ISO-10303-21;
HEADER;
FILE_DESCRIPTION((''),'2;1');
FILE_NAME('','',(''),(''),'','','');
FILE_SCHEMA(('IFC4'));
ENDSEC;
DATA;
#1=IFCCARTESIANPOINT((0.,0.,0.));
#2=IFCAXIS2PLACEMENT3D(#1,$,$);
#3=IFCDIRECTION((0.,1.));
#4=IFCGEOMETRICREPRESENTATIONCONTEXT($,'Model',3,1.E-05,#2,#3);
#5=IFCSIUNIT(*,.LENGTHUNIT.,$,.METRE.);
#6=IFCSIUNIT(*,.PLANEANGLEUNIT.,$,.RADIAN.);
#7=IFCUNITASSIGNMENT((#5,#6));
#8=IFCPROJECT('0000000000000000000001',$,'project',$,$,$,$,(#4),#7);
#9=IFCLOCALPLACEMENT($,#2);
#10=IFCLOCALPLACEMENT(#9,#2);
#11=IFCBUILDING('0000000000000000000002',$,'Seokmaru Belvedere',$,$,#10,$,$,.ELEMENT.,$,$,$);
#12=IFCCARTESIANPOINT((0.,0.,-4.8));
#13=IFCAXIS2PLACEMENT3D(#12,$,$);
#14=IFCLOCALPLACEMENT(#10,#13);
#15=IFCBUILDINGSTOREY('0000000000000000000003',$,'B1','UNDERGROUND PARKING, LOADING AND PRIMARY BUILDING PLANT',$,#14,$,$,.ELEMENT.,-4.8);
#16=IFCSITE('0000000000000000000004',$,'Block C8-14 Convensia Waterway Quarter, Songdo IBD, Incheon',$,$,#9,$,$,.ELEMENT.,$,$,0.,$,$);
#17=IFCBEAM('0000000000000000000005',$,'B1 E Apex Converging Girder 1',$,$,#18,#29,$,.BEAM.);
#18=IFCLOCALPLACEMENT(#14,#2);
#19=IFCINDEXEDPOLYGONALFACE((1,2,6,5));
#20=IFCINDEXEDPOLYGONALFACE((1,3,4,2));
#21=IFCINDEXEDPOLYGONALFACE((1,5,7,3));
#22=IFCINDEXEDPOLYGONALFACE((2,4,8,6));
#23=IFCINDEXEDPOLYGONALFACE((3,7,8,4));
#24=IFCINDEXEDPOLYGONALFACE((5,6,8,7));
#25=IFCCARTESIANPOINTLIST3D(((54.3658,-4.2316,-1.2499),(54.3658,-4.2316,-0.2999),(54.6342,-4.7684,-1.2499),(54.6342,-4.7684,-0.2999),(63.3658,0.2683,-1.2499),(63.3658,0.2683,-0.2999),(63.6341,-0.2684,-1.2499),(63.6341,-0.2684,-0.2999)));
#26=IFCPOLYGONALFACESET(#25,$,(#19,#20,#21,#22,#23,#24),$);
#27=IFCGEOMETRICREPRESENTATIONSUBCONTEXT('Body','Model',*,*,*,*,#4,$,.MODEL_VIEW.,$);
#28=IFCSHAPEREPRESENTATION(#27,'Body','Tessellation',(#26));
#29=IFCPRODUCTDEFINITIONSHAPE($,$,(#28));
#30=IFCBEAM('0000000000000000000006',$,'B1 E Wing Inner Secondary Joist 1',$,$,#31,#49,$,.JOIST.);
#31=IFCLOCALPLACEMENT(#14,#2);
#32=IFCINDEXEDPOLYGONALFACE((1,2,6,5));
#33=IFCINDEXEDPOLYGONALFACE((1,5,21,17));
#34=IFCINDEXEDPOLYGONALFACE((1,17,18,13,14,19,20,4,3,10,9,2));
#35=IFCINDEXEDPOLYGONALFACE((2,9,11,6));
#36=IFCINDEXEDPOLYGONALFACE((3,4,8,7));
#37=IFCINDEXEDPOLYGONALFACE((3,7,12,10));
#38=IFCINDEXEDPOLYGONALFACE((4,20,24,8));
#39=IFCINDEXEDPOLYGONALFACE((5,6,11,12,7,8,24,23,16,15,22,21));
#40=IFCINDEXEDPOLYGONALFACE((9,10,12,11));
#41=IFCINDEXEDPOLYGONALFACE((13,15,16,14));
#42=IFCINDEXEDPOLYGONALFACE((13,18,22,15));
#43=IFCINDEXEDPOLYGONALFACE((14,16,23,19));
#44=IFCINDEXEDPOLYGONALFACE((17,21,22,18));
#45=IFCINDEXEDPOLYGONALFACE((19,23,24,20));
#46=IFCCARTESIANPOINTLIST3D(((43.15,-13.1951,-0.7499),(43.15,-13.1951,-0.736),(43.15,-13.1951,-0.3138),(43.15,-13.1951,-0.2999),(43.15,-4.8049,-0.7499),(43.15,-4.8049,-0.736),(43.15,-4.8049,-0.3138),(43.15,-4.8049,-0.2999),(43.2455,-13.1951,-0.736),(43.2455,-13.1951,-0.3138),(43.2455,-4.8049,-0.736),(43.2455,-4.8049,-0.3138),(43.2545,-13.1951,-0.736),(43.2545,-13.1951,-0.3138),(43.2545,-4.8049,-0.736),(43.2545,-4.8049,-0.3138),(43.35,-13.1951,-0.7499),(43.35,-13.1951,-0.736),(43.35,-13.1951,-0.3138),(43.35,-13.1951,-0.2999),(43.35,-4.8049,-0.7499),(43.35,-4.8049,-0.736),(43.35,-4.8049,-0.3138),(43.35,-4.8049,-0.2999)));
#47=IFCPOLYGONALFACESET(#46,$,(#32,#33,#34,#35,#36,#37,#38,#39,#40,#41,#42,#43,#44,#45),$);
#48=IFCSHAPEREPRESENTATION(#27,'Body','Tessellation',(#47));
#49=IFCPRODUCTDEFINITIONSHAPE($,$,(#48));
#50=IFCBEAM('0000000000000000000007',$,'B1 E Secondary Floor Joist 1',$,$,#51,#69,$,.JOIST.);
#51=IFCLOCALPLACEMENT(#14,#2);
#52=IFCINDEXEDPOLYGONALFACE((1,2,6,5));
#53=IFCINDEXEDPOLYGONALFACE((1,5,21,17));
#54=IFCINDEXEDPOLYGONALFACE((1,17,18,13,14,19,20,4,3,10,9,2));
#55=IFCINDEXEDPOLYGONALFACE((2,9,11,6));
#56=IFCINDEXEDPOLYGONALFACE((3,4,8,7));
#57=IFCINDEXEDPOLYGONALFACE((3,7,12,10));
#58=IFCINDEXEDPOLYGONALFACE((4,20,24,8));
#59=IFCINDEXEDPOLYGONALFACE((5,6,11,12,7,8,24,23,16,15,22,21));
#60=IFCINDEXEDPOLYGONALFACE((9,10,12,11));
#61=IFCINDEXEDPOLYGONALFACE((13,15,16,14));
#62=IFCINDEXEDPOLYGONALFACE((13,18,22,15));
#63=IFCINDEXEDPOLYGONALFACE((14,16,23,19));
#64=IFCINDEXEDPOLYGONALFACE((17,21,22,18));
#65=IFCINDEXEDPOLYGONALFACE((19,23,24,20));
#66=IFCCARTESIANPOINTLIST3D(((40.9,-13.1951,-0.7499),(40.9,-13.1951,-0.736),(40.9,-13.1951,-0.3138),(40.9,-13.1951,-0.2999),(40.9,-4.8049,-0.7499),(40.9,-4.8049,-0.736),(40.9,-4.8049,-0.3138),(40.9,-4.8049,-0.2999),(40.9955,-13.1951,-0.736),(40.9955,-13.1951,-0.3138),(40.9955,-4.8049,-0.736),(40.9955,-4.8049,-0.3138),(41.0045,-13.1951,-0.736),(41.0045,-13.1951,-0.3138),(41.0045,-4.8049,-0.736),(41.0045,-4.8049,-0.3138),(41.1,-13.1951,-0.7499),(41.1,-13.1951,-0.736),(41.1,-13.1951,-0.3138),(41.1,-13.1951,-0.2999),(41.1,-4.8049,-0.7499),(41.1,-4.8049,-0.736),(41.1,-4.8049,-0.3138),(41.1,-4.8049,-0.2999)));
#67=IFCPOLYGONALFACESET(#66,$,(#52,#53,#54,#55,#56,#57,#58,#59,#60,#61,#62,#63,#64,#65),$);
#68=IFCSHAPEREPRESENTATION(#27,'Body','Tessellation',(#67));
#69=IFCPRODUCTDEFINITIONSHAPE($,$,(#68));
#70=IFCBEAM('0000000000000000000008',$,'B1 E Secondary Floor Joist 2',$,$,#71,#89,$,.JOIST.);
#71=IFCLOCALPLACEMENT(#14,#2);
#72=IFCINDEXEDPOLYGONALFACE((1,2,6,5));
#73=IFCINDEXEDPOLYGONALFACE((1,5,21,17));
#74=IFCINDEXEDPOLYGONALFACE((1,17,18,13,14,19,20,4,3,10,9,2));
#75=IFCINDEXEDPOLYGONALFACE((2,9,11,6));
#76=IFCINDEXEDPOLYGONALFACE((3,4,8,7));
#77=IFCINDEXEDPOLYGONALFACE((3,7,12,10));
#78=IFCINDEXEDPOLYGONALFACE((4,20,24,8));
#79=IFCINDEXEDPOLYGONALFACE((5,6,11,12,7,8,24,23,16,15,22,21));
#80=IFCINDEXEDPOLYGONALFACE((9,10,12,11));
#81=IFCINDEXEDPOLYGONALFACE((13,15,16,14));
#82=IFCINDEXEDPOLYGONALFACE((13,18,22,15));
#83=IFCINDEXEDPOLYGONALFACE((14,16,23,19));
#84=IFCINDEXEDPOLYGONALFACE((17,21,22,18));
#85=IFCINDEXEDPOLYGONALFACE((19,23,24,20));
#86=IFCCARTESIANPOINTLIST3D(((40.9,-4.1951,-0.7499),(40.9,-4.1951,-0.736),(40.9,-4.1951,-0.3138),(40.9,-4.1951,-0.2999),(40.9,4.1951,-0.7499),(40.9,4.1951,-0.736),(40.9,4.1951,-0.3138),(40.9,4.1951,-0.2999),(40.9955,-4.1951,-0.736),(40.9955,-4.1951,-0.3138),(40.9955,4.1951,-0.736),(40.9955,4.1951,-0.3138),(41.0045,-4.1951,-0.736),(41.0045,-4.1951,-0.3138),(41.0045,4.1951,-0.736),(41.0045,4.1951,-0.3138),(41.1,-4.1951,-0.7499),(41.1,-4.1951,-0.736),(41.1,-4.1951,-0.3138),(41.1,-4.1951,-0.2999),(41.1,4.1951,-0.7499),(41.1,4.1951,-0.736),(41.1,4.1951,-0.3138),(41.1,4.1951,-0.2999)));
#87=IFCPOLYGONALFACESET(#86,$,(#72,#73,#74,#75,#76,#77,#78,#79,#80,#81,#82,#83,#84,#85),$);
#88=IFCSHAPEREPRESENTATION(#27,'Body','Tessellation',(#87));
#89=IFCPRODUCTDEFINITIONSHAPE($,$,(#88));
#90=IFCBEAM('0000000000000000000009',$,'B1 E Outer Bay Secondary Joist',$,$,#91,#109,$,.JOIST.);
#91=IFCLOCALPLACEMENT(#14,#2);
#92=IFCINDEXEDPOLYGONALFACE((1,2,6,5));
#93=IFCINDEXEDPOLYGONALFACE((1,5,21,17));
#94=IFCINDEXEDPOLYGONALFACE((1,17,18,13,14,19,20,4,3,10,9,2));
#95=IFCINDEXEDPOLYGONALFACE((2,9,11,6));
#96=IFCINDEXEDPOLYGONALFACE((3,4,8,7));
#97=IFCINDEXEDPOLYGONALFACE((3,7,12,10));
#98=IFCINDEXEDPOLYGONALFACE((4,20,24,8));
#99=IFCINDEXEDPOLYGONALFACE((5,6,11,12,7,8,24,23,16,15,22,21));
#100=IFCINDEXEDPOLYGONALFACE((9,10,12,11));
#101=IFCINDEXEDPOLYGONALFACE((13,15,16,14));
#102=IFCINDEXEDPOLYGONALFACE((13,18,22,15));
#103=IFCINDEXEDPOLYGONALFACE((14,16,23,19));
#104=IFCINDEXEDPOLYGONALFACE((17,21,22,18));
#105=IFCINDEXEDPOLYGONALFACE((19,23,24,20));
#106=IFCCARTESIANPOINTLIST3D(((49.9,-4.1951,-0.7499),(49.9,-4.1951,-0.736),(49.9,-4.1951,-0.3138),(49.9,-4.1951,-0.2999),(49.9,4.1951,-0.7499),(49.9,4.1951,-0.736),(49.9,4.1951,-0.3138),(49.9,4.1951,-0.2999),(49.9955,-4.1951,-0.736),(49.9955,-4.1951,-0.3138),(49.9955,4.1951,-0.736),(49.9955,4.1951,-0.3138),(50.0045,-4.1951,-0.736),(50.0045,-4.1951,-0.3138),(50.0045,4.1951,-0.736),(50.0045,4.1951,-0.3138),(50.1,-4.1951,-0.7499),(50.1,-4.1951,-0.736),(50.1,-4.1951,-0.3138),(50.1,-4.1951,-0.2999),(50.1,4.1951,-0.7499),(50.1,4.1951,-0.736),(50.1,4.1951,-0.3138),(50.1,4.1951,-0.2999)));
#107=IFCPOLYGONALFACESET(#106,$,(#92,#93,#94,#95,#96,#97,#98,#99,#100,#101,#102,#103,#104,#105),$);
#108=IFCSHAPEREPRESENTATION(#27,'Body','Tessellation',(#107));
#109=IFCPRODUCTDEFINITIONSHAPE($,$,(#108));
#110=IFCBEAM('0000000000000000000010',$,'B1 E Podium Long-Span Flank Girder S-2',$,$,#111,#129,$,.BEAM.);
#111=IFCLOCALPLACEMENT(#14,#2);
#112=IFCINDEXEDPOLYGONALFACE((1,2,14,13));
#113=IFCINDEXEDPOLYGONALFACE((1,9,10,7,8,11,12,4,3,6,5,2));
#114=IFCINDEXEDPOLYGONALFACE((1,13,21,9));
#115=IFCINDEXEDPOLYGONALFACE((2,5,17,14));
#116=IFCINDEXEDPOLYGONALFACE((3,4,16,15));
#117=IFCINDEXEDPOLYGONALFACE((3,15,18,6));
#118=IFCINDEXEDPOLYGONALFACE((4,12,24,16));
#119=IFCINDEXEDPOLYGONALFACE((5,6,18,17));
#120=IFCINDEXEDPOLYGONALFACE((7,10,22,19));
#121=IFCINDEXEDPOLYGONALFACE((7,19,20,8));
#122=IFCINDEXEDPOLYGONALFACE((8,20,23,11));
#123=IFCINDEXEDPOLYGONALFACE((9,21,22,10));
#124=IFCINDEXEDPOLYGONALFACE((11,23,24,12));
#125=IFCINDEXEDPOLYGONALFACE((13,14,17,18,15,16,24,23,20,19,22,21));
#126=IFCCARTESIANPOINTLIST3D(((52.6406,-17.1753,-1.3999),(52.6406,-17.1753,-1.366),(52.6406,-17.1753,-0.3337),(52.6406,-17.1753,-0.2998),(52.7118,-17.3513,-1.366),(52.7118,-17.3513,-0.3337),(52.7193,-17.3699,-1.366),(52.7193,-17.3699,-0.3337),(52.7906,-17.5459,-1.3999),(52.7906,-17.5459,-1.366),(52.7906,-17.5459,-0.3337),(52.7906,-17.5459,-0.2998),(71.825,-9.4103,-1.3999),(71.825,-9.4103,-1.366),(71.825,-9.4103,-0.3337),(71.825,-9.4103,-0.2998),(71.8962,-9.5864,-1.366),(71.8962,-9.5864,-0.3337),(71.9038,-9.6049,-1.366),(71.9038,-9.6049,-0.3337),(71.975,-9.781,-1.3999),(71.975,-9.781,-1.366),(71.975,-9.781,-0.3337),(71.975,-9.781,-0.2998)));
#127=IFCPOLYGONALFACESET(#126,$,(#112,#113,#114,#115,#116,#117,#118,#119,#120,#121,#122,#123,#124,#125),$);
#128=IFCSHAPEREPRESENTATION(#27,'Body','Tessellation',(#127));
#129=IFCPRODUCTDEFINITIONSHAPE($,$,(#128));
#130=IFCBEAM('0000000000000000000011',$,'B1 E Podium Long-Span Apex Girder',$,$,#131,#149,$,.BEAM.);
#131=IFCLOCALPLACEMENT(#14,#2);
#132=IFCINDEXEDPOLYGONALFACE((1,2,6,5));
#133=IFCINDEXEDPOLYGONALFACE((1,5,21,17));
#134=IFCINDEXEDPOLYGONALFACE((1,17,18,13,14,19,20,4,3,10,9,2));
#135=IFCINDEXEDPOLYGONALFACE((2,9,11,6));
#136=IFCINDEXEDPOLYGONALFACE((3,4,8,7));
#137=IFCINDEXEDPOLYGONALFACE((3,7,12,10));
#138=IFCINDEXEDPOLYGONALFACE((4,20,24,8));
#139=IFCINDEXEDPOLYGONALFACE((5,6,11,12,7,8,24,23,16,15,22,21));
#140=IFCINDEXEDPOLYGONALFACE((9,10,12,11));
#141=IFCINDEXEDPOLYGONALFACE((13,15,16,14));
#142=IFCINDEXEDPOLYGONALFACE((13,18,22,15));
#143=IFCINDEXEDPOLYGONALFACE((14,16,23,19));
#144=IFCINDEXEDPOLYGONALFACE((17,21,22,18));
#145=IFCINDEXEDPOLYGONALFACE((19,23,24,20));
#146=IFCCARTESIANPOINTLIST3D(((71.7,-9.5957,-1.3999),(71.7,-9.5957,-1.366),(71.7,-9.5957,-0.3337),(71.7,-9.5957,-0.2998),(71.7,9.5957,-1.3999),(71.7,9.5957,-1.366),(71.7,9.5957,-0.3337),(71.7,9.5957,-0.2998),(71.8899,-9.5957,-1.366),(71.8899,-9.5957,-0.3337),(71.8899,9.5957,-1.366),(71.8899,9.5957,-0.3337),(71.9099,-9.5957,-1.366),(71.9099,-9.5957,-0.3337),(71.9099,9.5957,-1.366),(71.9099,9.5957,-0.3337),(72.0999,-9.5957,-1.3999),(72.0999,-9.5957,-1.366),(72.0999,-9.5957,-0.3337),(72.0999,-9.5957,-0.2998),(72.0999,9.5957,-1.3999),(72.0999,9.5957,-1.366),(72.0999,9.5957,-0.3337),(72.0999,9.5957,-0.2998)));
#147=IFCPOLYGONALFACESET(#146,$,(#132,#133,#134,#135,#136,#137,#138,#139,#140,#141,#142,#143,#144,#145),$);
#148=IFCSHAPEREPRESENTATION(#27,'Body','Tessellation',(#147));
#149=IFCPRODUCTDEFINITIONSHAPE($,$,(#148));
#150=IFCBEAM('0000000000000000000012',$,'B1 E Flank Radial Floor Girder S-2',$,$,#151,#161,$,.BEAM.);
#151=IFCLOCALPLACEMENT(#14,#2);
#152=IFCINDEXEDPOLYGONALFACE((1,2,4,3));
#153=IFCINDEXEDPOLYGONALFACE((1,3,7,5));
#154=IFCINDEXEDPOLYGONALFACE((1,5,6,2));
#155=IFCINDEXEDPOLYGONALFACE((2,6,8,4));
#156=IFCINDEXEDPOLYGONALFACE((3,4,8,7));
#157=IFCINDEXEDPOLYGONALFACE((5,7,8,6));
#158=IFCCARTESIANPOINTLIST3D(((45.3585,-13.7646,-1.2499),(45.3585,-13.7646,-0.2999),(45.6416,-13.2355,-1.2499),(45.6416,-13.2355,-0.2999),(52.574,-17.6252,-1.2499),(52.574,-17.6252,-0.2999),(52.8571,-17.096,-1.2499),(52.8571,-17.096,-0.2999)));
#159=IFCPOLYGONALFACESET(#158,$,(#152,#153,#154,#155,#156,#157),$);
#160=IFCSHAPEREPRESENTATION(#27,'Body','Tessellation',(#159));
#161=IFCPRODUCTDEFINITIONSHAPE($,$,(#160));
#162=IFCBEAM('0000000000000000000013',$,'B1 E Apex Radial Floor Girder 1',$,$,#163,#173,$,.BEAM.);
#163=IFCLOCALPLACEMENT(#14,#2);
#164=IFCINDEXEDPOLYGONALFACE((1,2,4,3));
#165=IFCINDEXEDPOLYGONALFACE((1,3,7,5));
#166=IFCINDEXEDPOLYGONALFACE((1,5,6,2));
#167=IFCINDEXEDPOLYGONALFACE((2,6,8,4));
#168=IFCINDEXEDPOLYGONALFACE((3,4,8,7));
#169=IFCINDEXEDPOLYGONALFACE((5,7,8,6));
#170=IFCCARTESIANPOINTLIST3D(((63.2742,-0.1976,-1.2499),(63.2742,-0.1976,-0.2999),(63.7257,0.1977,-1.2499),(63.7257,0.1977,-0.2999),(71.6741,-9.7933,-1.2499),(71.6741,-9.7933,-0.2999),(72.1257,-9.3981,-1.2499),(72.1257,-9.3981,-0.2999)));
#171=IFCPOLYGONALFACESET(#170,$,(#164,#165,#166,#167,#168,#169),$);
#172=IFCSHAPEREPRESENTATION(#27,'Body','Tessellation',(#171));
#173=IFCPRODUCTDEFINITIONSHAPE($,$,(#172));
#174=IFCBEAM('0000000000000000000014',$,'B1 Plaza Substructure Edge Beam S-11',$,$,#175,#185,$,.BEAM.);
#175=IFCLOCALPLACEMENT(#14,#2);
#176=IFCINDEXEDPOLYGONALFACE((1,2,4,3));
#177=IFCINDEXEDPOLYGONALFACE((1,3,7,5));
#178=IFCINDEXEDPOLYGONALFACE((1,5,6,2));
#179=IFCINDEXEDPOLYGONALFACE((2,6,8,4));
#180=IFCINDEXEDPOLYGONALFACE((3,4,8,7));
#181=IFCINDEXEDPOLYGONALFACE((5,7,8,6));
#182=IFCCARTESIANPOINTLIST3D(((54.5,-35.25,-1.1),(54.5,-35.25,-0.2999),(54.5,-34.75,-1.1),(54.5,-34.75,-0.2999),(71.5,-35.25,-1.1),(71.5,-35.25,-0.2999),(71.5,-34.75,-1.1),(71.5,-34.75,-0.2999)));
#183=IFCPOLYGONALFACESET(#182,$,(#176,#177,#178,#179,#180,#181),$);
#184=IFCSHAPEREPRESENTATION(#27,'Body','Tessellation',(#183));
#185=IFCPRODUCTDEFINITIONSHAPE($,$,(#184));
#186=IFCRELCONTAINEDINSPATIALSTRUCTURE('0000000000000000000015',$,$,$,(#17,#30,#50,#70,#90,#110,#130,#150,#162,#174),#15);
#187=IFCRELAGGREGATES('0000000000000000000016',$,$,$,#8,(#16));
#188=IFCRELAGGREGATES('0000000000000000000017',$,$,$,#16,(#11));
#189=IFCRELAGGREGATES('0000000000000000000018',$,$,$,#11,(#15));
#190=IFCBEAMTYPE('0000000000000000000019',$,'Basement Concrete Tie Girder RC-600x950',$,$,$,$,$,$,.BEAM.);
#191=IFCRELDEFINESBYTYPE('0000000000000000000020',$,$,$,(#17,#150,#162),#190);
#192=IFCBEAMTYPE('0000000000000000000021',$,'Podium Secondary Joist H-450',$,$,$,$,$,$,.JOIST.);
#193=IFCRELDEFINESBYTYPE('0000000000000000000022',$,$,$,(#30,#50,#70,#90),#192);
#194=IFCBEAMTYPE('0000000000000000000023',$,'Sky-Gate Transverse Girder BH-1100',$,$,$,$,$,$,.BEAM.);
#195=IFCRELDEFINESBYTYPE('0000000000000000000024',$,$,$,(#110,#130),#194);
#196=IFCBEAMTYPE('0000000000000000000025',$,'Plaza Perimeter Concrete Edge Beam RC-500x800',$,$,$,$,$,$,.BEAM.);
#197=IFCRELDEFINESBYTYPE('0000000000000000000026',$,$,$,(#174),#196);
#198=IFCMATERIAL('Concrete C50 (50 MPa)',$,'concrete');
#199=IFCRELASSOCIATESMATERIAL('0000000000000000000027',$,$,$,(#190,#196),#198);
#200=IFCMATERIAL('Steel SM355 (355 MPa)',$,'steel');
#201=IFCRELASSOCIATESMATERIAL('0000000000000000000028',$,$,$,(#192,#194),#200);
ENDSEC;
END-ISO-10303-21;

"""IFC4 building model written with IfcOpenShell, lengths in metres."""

from ifc_helpers import new_model, si_unit, direction, frame, origin, origin_2d, place, context, subcontext, project, spatial, rectangle, i_section, extrude, source, transform, mapped, material, material_profile, profile_set, type_object, type_shapes, element, save


model = new_model("IFC4")

# Units and contexts
model_context = context("Model", 3, precision=1e-05, world=origin(), true_north=direction((0.0, 1.0)))
body_context = subcontext(model_context, "Body", "Model", "MODEL_VIEW")
ifc_project = project(units=[si_unit("LENGTHUNIT", "METRE"), si_unit("PLANEANGLEUNIT", "RADIAN")], contexts=[model_context])

# Site, building, storey
site_placement = place(None, origin())
site = spatial("IfcSite", under=ifc_project, at=site_placement, Name="Block C8-14 Convensia Waterway Quarter, Songdo IBD, Incheon", CompositionType="ELEMENT", RefElevation=0.0)
building_placement = place(site_placement, origin())
building = spatial("IfcBuilding", under=site, at=building_placement, Name="Seokmaru Belvedere", CompositionType="ELEMENT")
storey_placement = place(building_placement, frame((0.0, 0.0, -4.8)))
storey = spatial("IfcBuildingStorey", under=building, at=storey_placement, Name="B1", Description="UNDERGROUND PARKING, LOADING AND PRIMARY BUILDING PLANT", CompositionType="ELEMENT", Elevation=-4.8)

# Shared definitions
ifc_material_1 = material(Name="Steel SM355 (355 MPa)", Category="steel")
ifc_material_2 = material(Name="Concrete C50 (50 MPa)", Category="concrete")

# Beams
ifc_material_profile_1 = material_profile(ifc_material_2, rectangle(XDim=0.6001, YDim=0.95, at=origin_2d()), Name="RC-600x950")
ifc_profile_set_1 = profile_set([ifc_material_profile_1], Name="Concrete C50 (50 MPa)")
beam_type_1 = type_object("IfcBeamType", Name="Basement Concrete Tie Girder RC-600x950", PredefinedType="BEAM", material=ifc_profile_set_1)
shared_shape_1 = source(origin(), body_context, "Body", "SweptSolid", [
    extrude(rectangle(XDim=0.6001, YDim=0.95, at=origin_2d()), origin(), (0.0, 0.0, 1.0), 10.0623),
])
beam_1_placement = place(storey_placement, frame((54.5, -4.5, -0.7749), z_axis=(0.894427, 0.447214, 0.0), x_axis=(-0.447214, 0.894427, 0.0)))
element("IfcBeam", 1, at=beam_1_placement, inside=storey, type_object=beam_type_1, Name="B1 E Apex Converging Girder 1", PredefinedType="BEAM", context=body_context, shape_type="MappedRepresentation", body=[
    mapped(shared_shape_1, transform((0.0, 0.0, 0.0), scale=1.0)),
])
ifc_material_profile_2 = material_profile(ifc_material_1, i_section(OverallWidth=0.2, OverallDepth=0.45, WebThickness=0.009, FlangeThickness=0.0139, at=origin_2d()), Name="H-450x200x9x14")
ifc_profile_set_2 = profile_set([ifc_material_profile_2], Name="Steel SM355 (355 MPa)")
beam_type_2 = type_object("IfcBeamType", Name="Podium Secondary Joist H-450", PredefinedType="JOIST", material=ifc_profile_set_2)
shared_shape_2 = source(origin(), body_context, "Body", "SweptSolid", [
    extrude(i_section(OverallWidth=0.2, OverallDepth=0.45, WebThickness=0.009, FlangeThickness=0.0139, at=origin_2d()), origin(), (0.0, 0.0, 1.0), 8.3901),
])
type_shapes(beam_type_2, [shared_shape_2])
for number, where, z_axis, x_axis, name in (
    (2, (43.25, -13.1951, -0.5249), (0.0, 1.0, 0.0), (-1.0, 0.0, 0.0), "B1 E Wing Inner Secondary Joist 1"),
    (3, (41.0, -13.1951, -0.5249), (0.0, 1.0, 0.0), (-1.0, 0.0, 0.0), "B1 E Secondary Floor Joist 1"),
    (4, (41.0, -4.1951, -0.5249), (0.0, 1.0, 0.0), (-1.0, 0.0, 0.0), "B1 E Secondary Floor Joist 2"),
    (5, (50.0, -4.1951, -0.5249), (0.0, 1.0, 0.0), (-1.0, 0.0, 0.0), "B1 E Outer Bay Secondary Joist"),
):
    element("IfcBeam", number, at=place(storey_placement, frame(where, z_axis=z_axis, x_axis=x_axis)), inside=storey, type_object=beam_type_2, Name=name, PredefinedType="JOIST", context=body_context, shape_type="MappedRepresentation", body=[
        mapped(shared_shape_2, transform((0.0, 0.0, 0.0), scale=1.0)),
    ])
ifc_material_profile_3 = material_profile(ifc_material_1, i_section(OverallWidth=0.3999, OverallDepth=1.1001, WebThickness=0.02, FlangeThickness=0.0339, at=origin_2d()), Name="BH-1100x400x20x34")
ifc_profile_set_3 = profile_set([ifc_material_profile_3], Name="Steel SM355 (355 MPa)")
beam_type_3 = type_object("IfcBeamType", Name="Sky-Gate Transverse Girder BH-1100", PredefinedType="BEAM", material=ifc_profile_set_3)
shared_shape_3 = source(origin(), body_context, "Body", "SweptSolid", [
    extrude(i_section(OverallWidth=0.3999, OverallDepth=1.1001, WebThickness=0.02, FlangeThickness=0.0339, at=origin_2d()), origin(), (0.0, 0.0, 1.0), 20.6963),
])
beam_2_placement = place(storey_placement, frame((52.7156, -17.3606, -0.8499), z_axis=(0.92695, 0.375185, 0.0), x_axis=(-0.375185, 0.92695, 0.0)))
element("IfcBeam", 6, at=beam_2_placement, inside=storey, type_object=beam_type_3, Name="B1 E Podium Long-Span Flank Girder S-2", PredefinedType="BEAM", context=body_context, shape_type="MappedRepresentation", body=[
    mapped(shared_shape_3, transform((0.0, 0.0, 0.0), scale=1.0)),
])
shared_shape_4 = source(origin(), body_context, "Body", "SweptSolid", [
    extrude(i_section(OverallWidth=0.3999, OverallDepth=1.1001, WebThickness=0.02, FlangeThickness=0.0339, at=origin_2d()), origin(), (0.0, 0.0, 1.0), 19.1914),
])
type_shapes(beam_type_3, [shared_shape_3, shared_shape_4])
beam_3_placement = place(storey_placement, frame((71.8999, -9.5957, -0.8499), z_axis=(0.0, 1.0, 0.0), x_axis=(-1.0, 0.0, 0.0)))
element("IfcBeam", 7, at=beam_3_placement, inside=storey, type_object=beam_type_3, Name="B1 E Podium Long-Span Apex Girder", PredefinedType="BEAM", context=body_context, shape_type="MappedRepresentation", body=[
    mapped(shared_shape_4, transform((0.0, 0.0, 0.0), scale=1.0)),
])
shared_shape_5 = source(origin(), body_context, "Body", "SweptSolid", [
    extrude(rectangle(XDim=0.6001, YDim=0.95, at=origin_2d()), origin(), (0.0, 0.0, 1.0), 8.1833),
])
beam_4_placement = place(storey_placement, frame((52.7156, -17.3606, -0.7749), z_axis=(-0.881729, 0.471757, 0.0), x_axis=(-0.471757, -0.881729, 0.0)))
element("IfcBeam", 8, at=beam_4_placement, inside=storey, type_object=beam_type_1, Name="B1 E Flank Radial Floor Girder S-2", PredefinedType="BEAM", context=body_context, shape_type="MappedRepresentation", body=[
    mapped(shared_shape_5, transform((0.0, 0.0, 0.0), scale=1.0)),
])
shared_shape_6 = source(origin(), body_context, "Body", "SweptSolid", [
    extrude(rectangle(XDim=0.6001, YDim=0.95, at=origin_2d()), origin(), (0.0, 0.0, 1.0), 12.7529),
])
beam_5_placement = place(storey_placement, frame((71.8999, -9.5957, -0.7749), z_axis=(-0.658667, 0.752434, 0.0), x_axis=(-0.752434, -0.658667, 0.0)))
element("IfcBeam", 9, at=beam_5_placement, inside=storey, type_object=beam_type_1, Name="B1 E Apex Radial Floor Girder 1", PredefinedType="BEAM", context=body_context, shape_type="MappedRepresentation", body=[
    mapped(shared_shape_6, transform((0.0, 0.0, 0.0), scale=1.0)),
])
ifc_material_profile_4 = material_profile(ifc_material_2, rectangle(XDim=0.5, YDim=0.8, at=origin_2d()), Name="RC-500x800")
ifc_profile_set_4 = profile_set([ifc_material_profile_4], Name="Concrete C50 (50 MPa)")
beam_type_4 = type_object("IfcBeamType", Name="Plaza Perimeter Concrete Edge Beam RC-500x800", PredefinedType="BEAM", material=ifc_profile_set_4)
shared_shape_7 = source(origin(), body_context, "Body", "SweptSolid", [
    extrude(rectangle(XDim=0.5, YDim=0.8, at=origin_2d()), origin(), (0.0, 0.0, 1.0), 17.0),
])
beam_6_placement = place(storey_placement, frame((54.5, -35.0, -0.7), z_axis=(1.0, 0.0, 0.0), x_axis=(0.0, 1.0, 0.0)))
element("IfcBeam", 10, at=beam_6_placement, inside=storey, type_object=beam_type_4, Name="B1 Plaza Substructure Edge Beam S-11", PredefinedType="BEAM", context=body_context, shape_type="MappedRepresentation", body=[
    mapped(shared_shape_7, transform((0.0, 0.0, 0.0), scale=1.0)),
])

save(model, "model.ifc")
